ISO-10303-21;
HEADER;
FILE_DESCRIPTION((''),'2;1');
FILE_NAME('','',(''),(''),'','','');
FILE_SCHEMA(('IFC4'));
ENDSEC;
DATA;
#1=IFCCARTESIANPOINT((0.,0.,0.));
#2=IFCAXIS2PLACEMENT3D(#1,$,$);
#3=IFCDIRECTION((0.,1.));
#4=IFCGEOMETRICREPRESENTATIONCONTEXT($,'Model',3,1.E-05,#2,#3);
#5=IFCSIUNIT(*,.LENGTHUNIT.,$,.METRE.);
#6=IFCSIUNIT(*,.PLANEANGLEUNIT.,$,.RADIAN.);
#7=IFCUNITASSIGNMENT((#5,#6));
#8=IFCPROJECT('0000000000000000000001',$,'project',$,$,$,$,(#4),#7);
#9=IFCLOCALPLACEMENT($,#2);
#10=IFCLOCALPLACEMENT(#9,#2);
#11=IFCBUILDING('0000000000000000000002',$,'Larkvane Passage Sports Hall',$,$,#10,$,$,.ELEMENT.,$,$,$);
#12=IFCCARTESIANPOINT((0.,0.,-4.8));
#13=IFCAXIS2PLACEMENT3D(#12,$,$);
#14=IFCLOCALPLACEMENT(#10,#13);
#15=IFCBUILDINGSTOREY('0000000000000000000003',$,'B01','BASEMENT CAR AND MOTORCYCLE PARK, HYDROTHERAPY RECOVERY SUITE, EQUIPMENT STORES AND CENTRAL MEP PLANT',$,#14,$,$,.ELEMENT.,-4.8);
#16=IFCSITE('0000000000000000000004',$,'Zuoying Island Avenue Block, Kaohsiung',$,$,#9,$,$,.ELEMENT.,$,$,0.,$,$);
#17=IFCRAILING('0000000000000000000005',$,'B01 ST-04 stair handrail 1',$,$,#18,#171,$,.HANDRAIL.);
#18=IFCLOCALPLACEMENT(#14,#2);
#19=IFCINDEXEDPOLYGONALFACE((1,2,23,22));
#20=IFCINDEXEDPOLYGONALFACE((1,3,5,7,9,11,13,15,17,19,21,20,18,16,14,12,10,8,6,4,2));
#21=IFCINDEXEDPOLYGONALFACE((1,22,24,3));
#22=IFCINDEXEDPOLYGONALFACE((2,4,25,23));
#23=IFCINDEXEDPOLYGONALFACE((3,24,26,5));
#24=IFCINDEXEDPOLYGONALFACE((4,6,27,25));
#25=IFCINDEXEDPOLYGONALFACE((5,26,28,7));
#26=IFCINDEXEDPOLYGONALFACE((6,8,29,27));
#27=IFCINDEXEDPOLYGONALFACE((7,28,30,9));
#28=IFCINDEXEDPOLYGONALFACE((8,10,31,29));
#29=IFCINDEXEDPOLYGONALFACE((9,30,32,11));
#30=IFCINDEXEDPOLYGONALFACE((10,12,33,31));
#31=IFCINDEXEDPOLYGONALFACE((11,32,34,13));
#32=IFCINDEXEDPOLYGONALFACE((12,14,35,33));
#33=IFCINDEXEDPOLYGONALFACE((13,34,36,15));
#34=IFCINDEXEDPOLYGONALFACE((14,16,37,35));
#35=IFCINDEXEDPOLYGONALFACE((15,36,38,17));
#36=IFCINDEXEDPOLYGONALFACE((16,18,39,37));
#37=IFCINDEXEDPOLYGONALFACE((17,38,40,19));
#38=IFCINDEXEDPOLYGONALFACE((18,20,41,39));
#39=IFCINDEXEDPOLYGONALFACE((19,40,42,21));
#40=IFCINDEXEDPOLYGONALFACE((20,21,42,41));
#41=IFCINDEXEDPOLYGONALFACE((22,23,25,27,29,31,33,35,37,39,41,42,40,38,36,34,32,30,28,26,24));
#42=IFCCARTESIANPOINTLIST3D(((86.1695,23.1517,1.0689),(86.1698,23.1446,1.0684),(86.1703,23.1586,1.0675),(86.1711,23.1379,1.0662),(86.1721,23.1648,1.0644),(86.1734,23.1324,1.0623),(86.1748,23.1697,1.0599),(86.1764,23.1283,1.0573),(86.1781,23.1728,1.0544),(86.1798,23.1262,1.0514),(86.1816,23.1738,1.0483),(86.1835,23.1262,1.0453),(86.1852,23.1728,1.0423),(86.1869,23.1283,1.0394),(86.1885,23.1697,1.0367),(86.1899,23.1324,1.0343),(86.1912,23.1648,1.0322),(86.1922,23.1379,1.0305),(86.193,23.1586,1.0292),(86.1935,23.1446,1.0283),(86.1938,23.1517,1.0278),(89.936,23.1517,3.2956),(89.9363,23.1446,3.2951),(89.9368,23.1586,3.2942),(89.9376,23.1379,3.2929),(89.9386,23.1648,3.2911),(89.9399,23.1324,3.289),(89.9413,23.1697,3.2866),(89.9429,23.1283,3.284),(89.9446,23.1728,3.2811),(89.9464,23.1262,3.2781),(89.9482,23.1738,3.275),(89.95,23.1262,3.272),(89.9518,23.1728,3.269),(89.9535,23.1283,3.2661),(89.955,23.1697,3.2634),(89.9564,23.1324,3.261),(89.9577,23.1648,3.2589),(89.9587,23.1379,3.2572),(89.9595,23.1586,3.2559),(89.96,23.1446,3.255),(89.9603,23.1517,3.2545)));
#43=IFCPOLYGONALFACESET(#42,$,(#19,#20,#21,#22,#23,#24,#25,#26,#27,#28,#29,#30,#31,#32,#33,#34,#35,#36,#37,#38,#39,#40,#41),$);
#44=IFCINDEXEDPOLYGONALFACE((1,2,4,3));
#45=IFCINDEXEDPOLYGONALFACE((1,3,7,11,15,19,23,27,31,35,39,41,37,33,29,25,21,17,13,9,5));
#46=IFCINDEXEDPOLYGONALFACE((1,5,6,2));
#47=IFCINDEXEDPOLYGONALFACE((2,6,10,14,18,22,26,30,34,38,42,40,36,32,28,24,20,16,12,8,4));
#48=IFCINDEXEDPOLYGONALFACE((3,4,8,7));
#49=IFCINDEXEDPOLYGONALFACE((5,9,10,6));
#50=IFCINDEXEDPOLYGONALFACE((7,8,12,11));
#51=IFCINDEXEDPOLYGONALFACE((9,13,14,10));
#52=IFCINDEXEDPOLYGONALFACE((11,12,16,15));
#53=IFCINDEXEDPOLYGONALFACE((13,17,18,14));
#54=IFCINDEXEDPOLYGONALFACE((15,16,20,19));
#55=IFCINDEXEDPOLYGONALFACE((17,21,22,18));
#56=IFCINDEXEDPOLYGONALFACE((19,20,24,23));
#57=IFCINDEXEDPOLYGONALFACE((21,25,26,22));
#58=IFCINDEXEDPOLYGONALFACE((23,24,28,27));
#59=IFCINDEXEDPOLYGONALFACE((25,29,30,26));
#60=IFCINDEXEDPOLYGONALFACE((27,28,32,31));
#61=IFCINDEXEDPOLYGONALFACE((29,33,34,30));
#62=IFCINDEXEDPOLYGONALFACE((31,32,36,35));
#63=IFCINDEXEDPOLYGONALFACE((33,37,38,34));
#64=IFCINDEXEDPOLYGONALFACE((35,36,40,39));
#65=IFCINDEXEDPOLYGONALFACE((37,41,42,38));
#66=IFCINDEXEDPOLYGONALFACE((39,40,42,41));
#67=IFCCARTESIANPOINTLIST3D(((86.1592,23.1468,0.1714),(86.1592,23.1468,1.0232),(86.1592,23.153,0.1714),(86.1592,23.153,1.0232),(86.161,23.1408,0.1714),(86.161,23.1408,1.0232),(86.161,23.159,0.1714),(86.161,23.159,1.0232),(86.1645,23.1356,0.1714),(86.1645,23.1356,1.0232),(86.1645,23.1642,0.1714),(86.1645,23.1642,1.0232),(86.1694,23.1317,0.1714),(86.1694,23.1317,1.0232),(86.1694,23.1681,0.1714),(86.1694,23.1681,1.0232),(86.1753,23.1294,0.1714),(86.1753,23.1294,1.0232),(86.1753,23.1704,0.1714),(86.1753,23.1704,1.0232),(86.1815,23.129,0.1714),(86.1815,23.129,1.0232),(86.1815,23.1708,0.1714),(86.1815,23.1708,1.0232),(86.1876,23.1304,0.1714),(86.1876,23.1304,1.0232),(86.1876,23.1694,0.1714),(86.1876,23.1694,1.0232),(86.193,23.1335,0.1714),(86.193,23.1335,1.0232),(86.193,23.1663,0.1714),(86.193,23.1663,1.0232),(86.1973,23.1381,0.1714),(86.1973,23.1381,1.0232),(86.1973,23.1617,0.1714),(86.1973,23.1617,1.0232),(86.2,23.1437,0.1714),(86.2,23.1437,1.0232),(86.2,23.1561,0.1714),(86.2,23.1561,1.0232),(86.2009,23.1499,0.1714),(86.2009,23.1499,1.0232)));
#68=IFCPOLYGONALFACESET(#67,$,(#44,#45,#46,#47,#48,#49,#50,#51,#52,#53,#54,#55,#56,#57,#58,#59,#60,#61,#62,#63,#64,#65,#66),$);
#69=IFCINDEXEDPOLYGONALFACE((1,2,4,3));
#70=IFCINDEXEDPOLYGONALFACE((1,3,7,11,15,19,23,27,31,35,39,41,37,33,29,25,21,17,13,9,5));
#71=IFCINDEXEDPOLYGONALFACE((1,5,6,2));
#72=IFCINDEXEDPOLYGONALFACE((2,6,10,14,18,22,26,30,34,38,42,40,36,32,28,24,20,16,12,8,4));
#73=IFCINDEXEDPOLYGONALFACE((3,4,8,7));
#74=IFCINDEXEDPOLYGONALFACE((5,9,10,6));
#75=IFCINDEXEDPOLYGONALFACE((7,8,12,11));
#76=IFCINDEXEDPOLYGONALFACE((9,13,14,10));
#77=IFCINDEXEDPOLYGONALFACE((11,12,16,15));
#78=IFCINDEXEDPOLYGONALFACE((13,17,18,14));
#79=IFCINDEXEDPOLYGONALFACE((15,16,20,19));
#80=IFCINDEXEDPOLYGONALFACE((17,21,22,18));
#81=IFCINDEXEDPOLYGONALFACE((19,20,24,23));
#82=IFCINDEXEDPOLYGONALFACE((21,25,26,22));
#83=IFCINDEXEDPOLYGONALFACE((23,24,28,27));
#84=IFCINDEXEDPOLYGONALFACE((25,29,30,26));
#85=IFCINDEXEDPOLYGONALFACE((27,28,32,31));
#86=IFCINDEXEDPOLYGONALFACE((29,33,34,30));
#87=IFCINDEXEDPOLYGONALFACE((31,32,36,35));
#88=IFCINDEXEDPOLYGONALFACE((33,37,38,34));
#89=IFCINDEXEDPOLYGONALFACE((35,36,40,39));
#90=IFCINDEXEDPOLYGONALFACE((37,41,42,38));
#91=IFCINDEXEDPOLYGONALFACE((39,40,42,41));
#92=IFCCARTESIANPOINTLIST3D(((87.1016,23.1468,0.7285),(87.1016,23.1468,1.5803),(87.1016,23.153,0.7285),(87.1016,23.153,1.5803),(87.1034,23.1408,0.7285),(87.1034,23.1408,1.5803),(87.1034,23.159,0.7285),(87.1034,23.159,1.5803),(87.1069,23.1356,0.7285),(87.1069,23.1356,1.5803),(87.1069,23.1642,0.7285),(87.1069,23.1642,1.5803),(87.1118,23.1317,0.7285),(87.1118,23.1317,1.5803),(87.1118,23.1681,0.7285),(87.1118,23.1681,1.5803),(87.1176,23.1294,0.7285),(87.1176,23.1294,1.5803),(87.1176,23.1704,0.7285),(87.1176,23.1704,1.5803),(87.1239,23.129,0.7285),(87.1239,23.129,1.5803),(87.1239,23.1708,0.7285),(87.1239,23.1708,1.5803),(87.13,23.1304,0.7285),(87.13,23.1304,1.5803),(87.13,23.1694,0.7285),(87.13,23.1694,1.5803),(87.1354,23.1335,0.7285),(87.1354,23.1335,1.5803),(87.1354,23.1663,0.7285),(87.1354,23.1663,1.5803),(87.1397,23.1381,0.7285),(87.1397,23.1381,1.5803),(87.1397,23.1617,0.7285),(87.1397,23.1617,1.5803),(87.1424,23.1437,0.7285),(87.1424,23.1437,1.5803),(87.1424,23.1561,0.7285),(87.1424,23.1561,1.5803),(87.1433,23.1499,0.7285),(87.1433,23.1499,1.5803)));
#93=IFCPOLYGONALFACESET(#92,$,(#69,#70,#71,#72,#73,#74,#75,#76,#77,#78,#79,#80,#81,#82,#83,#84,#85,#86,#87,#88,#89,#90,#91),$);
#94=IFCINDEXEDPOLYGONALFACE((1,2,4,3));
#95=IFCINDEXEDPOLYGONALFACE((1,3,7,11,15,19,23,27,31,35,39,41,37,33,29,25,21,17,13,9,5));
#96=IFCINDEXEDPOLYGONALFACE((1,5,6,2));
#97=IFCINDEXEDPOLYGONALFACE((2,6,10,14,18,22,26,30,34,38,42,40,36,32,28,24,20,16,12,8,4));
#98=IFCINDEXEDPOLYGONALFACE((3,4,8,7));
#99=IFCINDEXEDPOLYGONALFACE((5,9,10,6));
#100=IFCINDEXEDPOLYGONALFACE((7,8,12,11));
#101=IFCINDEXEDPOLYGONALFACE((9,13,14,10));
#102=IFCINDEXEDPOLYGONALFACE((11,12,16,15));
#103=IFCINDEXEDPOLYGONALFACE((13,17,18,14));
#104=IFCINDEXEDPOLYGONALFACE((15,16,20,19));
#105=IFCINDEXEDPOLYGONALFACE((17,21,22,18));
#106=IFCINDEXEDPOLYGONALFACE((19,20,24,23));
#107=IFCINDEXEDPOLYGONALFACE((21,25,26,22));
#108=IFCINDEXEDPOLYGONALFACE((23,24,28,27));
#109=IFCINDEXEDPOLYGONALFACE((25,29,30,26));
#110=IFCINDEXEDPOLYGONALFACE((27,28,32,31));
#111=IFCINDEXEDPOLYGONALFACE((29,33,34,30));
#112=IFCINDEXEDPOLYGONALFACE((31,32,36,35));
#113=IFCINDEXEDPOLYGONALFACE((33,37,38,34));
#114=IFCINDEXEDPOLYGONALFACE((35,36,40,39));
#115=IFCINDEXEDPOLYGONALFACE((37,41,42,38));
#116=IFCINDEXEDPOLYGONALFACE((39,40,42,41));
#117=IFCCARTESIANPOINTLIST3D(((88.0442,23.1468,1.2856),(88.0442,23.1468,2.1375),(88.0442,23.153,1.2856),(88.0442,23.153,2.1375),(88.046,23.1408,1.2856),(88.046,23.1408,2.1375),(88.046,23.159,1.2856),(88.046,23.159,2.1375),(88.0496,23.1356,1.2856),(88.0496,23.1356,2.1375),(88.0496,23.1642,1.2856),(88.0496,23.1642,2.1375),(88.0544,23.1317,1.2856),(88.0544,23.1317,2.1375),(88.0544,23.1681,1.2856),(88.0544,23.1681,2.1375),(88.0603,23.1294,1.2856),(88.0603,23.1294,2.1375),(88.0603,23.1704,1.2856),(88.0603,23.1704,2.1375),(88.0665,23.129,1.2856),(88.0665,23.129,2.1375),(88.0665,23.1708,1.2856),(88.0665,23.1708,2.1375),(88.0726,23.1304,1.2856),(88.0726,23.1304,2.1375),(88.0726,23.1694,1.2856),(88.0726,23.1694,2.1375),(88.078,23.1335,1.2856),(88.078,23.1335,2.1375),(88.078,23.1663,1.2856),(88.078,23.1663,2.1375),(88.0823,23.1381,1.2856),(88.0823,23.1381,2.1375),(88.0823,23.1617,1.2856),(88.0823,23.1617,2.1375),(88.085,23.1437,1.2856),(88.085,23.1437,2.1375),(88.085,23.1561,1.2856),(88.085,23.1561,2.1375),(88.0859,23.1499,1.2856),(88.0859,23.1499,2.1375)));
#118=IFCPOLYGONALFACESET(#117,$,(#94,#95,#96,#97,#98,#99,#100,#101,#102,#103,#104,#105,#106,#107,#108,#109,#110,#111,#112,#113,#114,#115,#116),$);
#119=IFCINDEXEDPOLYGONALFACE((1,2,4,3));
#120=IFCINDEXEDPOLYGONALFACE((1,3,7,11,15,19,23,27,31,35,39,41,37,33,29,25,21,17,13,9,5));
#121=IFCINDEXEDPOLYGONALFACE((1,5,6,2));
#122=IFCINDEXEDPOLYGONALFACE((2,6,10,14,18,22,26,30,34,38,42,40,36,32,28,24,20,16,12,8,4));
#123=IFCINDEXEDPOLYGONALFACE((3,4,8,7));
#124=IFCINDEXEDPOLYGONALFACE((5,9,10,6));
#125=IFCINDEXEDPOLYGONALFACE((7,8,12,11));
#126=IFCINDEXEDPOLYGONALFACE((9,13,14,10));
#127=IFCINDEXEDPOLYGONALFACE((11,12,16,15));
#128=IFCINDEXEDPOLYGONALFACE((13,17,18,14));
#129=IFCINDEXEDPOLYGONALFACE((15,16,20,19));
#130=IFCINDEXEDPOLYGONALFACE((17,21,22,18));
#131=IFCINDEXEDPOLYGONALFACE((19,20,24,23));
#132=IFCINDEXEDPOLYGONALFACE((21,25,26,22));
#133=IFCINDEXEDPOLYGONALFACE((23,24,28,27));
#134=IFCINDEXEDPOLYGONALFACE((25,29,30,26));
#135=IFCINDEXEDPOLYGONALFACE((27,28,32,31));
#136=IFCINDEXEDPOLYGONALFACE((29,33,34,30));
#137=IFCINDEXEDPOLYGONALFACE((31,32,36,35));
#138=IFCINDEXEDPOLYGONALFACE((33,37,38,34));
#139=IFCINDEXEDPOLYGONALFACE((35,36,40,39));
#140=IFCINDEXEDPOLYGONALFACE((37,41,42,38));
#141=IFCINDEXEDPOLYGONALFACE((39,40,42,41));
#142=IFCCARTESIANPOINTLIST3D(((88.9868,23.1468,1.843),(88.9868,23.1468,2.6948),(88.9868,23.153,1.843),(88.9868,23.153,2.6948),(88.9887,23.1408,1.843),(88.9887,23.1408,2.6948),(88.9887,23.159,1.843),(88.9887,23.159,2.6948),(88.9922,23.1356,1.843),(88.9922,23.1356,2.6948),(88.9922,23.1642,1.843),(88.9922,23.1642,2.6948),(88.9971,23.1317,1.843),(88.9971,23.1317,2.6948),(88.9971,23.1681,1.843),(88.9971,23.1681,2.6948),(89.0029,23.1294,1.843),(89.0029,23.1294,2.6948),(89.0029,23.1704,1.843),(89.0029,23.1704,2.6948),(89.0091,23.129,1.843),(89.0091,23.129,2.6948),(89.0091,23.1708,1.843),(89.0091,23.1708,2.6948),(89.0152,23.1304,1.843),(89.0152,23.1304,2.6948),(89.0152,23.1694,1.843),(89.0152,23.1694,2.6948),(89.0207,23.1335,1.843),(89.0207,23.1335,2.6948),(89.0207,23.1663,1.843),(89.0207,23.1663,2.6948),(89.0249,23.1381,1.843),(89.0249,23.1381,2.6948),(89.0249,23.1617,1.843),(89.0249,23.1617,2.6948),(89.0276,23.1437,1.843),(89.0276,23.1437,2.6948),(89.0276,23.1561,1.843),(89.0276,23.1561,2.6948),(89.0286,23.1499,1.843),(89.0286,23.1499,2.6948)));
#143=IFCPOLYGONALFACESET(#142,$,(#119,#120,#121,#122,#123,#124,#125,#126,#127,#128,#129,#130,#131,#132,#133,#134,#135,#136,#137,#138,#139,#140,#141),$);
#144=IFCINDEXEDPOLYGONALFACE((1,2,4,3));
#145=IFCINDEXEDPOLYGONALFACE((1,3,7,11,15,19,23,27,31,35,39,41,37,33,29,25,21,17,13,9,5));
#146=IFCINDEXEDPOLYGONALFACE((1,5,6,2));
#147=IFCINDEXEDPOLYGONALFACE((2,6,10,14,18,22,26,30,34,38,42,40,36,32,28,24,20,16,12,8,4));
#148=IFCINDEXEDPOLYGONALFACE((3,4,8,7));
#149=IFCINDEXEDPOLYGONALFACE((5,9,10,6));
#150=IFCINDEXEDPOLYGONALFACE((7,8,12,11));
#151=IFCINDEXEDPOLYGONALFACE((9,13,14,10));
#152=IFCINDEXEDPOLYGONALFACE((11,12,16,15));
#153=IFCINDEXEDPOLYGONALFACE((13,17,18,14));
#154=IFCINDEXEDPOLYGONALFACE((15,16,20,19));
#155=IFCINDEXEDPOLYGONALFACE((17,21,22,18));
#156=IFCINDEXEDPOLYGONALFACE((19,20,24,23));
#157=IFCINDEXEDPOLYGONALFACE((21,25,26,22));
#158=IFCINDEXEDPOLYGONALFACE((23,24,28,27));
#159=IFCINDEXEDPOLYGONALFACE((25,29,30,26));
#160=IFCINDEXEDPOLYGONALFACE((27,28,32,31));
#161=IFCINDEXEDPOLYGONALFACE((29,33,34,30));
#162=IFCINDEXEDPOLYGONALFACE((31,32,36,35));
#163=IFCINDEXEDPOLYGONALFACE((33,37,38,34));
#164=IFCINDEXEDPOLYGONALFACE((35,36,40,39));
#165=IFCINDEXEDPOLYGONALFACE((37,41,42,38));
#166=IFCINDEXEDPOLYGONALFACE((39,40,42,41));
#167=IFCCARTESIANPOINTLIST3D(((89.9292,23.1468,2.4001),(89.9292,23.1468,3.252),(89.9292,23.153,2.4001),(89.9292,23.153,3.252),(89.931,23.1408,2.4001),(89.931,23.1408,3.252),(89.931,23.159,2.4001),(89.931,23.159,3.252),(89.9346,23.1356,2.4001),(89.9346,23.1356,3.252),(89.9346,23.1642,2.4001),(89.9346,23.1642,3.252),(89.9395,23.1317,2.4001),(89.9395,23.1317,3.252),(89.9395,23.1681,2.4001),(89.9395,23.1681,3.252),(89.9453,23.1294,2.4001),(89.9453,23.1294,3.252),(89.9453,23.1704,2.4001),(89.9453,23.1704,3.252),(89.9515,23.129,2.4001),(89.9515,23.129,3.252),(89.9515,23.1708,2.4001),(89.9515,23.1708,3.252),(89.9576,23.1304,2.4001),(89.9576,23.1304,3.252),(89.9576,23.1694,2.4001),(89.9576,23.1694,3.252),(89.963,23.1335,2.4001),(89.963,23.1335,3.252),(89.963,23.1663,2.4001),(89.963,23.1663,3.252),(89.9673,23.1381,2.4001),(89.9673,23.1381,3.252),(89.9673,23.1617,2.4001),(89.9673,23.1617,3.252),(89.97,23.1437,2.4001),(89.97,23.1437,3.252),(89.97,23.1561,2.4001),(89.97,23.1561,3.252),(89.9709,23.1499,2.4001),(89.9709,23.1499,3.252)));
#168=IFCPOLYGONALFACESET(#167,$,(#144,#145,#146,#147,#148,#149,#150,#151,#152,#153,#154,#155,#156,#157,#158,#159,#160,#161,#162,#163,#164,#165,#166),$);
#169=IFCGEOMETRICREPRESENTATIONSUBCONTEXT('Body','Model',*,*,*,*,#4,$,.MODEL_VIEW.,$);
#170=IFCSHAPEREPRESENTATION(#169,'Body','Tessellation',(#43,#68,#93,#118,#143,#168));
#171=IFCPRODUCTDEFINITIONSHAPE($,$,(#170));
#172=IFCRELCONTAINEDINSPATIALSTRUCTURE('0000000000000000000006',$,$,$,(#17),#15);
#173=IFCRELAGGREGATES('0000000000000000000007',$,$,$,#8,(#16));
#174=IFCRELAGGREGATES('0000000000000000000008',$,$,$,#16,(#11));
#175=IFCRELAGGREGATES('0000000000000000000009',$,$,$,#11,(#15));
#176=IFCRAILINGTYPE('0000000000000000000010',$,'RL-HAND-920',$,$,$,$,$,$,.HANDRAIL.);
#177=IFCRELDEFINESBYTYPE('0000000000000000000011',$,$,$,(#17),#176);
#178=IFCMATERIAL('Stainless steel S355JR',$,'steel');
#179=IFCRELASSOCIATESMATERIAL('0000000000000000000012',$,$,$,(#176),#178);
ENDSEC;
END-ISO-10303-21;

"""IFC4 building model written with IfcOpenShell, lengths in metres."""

from ifc_helpers import new_model, si_unit, direction, frame, origin, origin_2d, place, context, subcontext, project, spatial, circle, extrude, material, type_object, element, save


model = new_model("IFC4")

# Units and contexts
model_context = context("Model", 3, precision=1e-05, world=origin(), true_north=direction((0.0, 1.0)))
body_context = subcontext(model_context, "Body", "Model", "MODEL_VIEW")
ifc_project = project(units=[si_unit("LENGTHUNIT", "METRE"), si_unit("PLANEANGLEUNIT", "RADIAN")], contexts=[model_context])

# Site, building, storey
site_placement = place(None, origin())
site = spatial("IfcSite", under=ifc_project, at=site_placement, Name="Zuoying Island Avenue Block, Kaohsiung", CompositionType="ELEMENT", RefElevation=0.0)
building_placement = place(site_placement, origin())
building = spatial("IfcBuilding", under=site, at=building_placement, Name="Larkvane Passage Sports Hall", CompositionType="ELEMENT")
storey_placement = place(building_placement, frame((0.0, 0.0, -4.8)))
storey = spatial("IfcBuildingStorey", under=building, at=storey_placement, Name="B01", Description="BASEMENT CAR AND MOTORCYCLE PARK, HYDROTHERAPY RECOVERY SUITE, EQUIPMENT STORES AND CENTRAL MEP PLANT", CompositionType="ELEMENT", Elevation=-4.8)

# Railing
ifc_material_1 = material(Name="Stainless steel S355JR", Category="steel")
railing_type_1 = type_object("IfcRailingType", Name="RL-HAND-920", PredefinedType="HANDRAIL", material=ifc_material_1)
railing_1_placement = place(storey_placement, frame((86.1799, 23.1499, 0.1714)))
element("IfcRailing", 1, at=railing_1_placement, inside=storey, type_object=railing_type_1, Name="B01 ST-04 stair handrail 1", PredefinedType="HANDRAIL", context=body_context, shape_type="SweptSolid", body=[
    extrude(circle(Radius=0.0239, at=origin_2d()), frame((0.0017, 0.0, 0.877), z_axis=(0.860824, 0.0, 0.508902), x_axis=(0.0, 1.0, 0.0)), (0.0, 0.0, 1.0), 4.3755),
    extrude(circle(Radius=0.021, at=origin_2d()), origin(), (0.0, 0.0, 1.0), 0.8518),
    extrude(circle(Radius=0.021, at=origin_2d()), frame((0.9424, 0.0, 0.5571)), (0.0, 0.0, 1.0), 0.8518),
    extrude(circle(Radius=0.021, at=origin_2d()), frame((1.885, 0.0, 1.1143)), (0.0, 0.0, 1.0), 0.8518),
    extrude(circle(Radius=0.021, at=origin_2d()), frame((2.8276, 0.0, 1.6716)), (0.0, 0.0, 1.0), 0.8518),
    extrude(circle(Radius=0.021, at=origin_2d()), frame((3.77, 0.0, 2.2288)), (0.0, 0.0, 1.0), 0.8518),
])

save(model, "model.ifc")
